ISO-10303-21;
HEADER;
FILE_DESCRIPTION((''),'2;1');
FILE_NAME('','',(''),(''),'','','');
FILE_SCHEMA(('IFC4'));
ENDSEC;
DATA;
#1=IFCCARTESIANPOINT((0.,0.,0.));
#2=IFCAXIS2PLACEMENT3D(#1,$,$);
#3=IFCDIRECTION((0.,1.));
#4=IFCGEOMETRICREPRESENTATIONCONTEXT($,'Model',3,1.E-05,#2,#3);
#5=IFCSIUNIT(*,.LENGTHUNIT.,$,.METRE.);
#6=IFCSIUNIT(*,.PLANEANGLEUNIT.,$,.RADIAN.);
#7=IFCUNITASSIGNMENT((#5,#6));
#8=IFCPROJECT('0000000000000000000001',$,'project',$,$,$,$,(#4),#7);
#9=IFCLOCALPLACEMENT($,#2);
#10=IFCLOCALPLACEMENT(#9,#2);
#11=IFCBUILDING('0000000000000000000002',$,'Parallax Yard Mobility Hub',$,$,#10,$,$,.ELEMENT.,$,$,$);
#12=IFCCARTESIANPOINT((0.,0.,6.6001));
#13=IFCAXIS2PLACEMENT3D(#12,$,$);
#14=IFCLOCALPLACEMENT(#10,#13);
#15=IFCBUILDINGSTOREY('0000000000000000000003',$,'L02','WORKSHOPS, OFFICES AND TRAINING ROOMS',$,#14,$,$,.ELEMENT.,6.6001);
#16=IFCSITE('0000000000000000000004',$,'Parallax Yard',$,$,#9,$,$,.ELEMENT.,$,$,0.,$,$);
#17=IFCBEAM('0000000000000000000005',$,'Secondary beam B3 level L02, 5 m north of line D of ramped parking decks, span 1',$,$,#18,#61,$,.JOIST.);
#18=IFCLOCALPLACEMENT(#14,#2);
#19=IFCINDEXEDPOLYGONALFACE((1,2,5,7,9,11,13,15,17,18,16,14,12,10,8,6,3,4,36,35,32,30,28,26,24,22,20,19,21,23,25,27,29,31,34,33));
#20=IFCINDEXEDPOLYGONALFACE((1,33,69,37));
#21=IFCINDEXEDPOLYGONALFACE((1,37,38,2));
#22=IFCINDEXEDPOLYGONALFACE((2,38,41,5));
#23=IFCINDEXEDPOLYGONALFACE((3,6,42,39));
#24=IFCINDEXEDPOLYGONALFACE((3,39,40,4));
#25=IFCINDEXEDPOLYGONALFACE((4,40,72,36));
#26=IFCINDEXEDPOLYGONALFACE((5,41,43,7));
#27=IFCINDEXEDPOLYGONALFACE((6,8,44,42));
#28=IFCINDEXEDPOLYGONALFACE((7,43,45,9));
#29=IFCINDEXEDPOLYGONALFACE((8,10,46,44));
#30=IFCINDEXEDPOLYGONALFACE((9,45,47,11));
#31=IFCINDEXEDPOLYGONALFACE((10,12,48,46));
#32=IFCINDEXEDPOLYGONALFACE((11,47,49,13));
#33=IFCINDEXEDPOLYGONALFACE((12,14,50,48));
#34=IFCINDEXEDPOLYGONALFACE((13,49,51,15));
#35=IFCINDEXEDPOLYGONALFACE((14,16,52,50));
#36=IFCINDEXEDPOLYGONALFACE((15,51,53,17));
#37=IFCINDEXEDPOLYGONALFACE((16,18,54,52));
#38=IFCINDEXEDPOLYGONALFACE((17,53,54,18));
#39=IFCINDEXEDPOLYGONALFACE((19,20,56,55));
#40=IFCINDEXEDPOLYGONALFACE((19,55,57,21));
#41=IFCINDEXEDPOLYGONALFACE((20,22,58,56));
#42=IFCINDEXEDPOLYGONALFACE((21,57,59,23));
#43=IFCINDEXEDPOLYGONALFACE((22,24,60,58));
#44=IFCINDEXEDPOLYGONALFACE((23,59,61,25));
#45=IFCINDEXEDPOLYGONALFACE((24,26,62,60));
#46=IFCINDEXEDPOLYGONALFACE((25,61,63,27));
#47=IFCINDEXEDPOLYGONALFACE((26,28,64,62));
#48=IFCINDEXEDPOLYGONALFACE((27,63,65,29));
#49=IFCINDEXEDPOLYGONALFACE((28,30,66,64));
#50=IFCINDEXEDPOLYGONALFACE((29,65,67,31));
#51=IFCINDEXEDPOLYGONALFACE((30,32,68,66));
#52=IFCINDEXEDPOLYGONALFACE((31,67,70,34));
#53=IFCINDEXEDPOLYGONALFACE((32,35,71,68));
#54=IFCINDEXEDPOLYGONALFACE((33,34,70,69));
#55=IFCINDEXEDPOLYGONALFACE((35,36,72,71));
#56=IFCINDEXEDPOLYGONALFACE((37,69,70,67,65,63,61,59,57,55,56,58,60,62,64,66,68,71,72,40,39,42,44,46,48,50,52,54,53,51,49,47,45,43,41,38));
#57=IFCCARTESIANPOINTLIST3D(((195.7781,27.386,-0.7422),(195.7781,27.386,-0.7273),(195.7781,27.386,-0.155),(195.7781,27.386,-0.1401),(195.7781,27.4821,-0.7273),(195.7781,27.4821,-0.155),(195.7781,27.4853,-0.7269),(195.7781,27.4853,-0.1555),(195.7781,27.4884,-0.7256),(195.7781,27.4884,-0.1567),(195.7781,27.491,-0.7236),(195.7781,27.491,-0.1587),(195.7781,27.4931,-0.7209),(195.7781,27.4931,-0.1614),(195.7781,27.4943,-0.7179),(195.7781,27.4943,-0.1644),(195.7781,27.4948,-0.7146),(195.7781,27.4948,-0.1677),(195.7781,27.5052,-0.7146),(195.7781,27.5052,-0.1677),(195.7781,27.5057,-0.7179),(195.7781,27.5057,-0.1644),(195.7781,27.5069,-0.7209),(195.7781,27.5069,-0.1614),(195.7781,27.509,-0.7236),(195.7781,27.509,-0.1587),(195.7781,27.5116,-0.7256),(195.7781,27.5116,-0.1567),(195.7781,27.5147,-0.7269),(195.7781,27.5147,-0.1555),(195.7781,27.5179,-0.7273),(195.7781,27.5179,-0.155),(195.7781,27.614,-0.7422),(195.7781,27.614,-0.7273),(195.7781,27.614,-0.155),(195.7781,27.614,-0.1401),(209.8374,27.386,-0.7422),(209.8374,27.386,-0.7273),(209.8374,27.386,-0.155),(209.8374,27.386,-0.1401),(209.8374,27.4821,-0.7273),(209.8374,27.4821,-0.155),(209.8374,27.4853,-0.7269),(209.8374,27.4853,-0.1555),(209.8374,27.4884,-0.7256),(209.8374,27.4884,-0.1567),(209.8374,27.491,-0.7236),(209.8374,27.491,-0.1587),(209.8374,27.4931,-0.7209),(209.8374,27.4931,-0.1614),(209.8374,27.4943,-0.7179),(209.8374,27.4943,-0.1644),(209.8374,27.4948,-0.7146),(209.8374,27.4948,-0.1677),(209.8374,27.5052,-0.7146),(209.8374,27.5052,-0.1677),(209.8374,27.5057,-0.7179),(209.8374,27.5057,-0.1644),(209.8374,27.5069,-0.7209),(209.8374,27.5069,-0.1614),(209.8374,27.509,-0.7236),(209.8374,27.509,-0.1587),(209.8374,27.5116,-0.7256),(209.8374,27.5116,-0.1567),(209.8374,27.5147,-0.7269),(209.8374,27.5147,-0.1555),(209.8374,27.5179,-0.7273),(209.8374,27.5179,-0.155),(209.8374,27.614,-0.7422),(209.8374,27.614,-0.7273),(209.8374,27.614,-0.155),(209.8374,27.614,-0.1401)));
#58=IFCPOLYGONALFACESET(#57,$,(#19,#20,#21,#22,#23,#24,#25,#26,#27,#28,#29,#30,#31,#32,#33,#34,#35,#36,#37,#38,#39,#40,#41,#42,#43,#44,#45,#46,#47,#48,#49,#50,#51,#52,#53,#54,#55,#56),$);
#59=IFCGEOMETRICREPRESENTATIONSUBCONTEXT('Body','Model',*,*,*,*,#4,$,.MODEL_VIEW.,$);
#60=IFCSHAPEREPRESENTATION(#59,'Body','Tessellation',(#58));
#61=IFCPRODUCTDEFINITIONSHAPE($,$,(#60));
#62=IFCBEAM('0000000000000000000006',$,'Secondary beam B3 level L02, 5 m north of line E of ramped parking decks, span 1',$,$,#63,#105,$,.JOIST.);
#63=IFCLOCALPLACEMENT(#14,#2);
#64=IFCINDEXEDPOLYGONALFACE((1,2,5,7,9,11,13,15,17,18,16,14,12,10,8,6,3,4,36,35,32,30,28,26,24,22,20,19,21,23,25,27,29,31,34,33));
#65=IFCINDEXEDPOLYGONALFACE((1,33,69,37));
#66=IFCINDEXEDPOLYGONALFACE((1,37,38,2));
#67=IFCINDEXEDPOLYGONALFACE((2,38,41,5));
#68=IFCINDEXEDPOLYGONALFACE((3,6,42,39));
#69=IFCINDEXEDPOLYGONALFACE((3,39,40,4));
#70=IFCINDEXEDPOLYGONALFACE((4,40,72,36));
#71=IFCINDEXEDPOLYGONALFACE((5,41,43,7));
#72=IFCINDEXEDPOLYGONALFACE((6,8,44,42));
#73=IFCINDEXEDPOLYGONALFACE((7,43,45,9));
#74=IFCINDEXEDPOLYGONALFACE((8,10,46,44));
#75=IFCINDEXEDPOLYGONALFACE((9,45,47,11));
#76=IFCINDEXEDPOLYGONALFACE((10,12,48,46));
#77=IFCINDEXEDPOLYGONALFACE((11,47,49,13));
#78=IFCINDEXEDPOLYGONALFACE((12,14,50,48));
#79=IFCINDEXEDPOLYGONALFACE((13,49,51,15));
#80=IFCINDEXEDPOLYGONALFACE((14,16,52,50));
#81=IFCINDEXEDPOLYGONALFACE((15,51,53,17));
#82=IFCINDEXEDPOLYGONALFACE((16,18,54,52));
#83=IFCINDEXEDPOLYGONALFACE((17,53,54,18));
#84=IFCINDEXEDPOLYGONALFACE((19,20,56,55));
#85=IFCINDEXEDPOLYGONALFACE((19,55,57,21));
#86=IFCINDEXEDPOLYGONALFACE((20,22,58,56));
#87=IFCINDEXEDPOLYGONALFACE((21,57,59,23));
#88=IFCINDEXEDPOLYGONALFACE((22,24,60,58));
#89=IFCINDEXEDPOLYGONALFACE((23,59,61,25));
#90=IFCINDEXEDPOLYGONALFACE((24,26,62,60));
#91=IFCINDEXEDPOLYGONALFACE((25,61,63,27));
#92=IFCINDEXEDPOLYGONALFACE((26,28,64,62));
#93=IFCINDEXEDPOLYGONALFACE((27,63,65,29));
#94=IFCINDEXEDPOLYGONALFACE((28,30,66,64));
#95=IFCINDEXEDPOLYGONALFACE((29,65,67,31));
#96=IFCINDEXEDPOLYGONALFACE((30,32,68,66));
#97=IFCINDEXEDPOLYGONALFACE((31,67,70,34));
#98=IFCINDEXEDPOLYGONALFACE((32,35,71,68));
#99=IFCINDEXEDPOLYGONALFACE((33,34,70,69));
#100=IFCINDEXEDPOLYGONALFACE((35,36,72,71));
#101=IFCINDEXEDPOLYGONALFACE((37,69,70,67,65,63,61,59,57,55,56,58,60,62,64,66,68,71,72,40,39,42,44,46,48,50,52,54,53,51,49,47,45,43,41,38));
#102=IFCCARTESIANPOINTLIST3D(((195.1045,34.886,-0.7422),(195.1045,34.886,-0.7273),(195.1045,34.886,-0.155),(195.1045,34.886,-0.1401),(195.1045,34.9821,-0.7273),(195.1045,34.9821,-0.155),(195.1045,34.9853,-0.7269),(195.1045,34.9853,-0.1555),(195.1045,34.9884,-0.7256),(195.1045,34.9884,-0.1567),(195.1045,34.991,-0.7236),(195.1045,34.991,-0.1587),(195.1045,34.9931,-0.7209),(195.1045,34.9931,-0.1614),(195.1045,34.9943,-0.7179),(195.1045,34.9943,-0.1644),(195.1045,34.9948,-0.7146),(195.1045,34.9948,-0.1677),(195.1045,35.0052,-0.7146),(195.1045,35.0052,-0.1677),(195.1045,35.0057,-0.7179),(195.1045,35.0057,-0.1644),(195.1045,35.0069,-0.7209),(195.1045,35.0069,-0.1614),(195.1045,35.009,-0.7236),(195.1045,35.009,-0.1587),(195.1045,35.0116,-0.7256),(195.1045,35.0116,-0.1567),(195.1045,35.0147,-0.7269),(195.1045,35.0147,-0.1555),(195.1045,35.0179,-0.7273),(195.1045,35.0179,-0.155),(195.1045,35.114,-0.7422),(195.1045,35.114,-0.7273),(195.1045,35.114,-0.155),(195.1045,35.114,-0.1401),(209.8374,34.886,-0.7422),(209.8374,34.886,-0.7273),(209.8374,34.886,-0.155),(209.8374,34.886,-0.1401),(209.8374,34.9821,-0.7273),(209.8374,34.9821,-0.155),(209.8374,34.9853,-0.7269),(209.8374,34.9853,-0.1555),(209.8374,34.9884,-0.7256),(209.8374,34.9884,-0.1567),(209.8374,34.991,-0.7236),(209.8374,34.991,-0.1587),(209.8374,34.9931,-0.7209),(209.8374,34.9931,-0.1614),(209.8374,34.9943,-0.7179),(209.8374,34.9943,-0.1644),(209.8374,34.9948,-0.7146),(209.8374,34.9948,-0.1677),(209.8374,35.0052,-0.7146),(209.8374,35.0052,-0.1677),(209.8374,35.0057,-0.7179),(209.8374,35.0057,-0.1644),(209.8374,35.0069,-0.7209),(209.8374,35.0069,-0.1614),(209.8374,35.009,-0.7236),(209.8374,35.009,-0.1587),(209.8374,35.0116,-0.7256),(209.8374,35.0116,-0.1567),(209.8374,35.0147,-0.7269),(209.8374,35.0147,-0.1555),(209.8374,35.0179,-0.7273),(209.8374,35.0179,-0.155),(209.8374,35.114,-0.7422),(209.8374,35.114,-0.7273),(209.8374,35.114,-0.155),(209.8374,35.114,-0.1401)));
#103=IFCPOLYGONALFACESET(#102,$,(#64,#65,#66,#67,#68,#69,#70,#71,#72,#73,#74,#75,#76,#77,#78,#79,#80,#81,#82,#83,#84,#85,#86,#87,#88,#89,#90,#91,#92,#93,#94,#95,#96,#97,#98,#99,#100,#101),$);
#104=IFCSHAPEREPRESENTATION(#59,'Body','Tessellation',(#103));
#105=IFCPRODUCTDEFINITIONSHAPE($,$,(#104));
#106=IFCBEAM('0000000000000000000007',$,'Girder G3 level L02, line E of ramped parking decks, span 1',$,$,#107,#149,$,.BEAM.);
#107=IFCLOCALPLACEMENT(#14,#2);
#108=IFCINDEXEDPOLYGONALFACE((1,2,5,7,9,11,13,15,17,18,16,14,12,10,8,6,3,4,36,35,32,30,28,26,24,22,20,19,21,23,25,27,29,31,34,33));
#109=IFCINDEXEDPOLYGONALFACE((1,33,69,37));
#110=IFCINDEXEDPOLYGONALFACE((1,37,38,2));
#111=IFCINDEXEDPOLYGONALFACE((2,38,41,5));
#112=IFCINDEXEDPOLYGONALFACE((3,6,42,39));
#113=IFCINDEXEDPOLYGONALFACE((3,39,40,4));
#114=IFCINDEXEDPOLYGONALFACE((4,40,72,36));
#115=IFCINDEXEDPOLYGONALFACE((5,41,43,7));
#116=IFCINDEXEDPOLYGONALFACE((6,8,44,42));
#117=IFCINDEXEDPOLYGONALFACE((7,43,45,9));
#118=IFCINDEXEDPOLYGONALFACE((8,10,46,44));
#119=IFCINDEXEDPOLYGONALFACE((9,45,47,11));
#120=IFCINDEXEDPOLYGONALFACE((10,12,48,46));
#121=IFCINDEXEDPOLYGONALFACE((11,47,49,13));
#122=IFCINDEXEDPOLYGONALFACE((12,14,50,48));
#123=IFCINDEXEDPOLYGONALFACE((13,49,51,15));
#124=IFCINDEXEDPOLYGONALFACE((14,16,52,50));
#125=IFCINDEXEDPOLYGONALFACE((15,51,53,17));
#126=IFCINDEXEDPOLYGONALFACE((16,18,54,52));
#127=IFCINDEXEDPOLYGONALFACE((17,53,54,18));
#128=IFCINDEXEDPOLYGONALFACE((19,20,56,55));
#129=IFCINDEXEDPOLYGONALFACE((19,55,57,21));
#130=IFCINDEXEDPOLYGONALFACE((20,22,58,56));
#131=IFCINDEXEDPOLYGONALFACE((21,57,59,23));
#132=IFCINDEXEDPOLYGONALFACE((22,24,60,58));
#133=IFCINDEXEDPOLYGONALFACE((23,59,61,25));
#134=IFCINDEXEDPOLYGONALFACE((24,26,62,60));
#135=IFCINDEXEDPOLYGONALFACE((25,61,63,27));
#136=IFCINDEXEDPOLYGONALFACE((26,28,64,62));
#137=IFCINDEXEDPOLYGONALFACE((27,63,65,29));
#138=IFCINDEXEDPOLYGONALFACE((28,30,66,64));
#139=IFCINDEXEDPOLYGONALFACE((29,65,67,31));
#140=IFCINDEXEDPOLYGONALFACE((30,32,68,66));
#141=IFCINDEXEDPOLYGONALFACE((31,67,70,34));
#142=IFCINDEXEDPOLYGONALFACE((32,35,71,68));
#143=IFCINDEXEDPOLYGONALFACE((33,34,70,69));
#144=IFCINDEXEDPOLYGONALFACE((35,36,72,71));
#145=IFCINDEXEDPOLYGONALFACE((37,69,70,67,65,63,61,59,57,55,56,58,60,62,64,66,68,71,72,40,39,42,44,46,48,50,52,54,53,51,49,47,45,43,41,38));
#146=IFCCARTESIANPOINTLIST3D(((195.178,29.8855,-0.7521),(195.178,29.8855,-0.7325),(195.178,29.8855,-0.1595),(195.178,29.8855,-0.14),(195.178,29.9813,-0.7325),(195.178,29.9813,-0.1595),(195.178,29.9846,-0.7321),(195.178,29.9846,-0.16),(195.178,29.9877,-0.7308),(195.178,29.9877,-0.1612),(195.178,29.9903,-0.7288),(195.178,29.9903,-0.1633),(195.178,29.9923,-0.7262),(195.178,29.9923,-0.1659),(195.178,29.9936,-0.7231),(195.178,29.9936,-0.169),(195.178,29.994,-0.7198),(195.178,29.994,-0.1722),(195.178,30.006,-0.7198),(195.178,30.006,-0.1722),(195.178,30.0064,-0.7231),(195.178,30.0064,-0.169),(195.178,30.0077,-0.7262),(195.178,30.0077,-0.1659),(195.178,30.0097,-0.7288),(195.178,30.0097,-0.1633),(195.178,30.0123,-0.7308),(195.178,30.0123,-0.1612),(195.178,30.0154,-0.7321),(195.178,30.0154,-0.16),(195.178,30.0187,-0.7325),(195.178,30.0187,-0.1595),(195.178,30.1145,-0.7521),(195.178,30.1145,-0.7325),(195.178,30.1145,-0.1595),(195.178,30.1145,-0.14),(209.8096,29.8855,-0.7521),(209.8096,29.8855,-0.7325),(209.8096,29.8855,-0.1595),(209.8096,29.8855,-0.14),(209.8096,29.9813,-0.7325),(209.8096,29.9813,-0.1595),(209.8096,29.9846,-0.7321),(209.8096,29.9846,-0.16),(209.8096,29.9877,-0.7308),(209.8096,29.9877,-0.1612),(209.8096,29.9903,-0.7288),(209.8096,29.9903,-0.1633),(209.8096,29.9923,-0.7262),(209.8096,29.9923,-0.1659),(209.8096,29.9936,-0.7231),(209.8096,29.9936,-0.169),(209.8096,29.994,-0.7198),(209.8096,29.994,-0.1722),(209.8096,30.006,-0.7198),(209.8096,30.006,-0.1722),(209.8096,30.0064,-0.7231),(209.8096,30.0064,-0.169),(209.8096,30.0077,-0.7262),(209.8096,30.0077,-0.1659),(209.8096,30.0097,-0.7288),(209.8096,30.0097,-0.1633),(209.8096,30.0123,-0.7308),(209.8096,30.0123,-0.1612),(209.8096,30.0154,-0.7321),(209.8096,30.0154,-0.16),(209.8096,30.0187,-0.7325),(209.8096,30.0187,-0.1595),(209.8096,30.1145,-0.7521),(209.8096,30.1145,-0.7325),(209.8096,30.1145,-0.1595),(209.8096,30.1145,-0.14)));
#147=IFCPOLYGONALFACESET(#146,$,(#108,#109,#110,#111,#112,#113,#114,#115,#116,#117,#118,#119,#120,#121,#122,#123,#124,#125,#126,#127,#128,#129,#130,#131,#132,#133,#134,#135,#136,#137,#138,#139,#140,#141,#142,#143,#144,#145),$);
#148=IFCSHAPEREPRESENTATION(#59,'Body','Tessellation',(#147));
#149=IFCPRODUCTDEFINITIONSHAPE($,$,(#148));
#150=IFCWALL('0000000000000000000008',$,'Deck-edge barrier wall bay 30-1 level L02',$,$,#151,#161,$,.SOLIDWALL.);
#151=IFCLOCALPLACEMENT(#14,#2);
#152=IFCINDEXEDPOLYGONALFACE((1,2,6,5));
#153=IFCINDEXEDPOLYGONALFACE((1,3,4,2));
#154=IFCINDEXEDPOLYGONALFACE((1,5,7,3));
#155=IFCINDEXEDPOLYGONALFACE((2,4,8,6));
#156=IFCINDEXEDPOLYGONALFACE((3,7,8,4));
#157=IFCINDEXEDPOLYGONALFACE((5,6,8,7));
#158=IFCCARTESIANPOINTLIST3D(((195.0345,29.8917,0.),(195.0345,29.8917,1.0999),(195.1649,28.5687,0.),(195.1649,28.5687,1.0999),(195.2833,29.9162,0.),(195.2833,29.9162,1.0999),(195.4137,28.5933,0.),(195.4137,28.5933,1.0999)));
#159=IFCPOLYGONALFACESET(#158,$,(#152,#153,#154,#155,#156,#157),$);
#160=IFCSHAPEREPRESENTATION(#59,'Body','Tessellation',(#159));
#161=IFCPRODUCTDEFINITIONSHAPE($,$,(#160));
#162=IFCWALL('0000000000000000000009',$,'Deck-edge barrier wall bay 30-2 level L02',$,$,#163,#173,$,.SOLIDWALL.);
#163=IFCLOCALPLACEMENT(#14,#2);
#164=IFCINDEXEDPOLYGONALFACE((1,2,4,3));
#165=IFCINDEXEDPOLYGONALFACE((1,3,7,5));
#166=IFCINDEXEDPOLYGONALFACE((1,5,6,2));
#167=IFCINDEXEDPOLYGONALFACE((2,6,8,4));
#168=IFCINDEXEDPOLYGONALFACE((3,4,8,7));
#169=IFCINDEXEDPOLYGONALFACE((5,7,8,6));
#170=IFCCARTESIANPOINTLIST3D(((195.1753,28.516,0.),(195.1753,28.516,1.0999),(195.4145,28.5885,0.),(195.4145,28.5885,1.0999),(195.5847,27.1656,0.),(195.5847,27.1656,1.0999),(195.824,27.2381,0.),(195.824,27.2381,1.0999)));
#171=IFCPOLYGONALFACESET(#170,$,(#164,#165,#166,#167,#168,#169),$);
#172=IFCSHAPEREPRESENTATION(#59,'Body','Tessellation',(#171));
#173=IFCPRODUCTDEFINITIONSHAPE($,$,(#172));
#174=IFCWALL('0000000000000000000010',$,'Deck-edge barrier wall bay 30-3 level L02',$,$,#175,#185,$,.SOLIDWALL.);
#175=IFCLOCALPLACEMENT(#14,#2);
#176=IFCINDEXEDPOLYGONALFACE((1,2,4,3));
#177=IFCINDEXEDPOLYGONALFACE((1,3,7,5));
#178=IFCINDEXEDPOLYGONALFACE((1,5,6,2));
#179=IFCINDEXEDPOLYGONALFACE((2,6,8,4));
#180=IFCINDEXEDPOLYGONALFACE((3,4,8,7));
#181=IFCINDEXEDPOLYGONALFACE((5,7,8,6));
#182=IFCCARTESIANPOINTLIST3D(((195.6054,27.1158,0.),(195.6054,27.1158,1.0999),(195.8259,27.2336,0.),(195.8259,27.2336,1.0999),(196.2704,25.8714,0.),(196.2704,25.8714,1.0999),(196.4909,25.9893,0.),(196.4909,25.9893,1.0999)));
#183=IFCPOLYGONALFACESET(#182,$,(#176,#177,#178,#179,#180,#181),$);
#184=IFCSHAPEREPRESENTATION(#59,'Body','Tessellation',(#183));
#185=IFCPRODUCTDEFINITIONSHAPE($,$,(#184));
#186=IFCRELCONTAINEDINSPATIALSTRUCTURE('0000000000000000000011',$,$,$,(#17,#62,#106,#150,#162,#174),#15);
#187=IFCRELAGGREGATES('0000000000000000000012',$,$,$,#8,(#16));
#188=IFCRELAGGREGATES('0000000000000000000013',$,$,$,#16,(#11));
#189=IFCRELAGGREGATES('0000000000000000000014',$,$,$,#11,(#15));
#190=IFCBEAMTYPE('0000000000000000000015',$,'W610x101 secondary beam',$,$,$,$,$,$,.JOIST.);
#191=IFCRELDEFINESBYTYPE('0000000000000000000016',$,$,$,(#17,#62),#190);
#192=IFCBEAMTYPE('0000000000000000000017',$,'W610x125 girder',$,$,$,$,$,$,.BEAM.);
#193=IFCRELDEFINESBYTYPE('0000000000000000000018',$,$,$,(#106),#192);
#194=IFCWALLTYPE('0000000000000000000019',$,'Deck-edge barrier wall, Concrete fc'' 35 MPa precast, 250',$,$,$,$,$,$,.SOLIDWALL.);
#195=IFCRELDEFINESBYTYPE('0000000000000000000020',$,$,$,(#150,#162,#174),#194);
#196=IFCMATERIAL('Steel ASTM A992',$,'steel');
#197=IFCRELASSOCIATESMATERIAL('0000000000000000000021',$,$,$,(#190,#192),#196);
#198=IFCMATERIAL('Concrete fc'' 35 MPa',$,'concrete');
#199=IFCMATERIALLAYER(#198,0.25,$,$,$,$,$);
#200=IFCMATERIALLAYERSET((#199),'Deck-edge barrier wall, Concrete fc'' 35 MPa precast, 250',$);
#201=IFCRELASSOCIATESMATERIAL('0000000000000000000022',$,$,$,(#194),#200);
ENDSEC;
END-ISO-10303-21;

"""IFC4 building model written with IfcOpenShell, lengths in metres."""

from ifc_helpers import new_model, si_unit, direction, frame, frame_2d, origin, origin_2d, place, context, subcontext, project, spatial, rectangle, i_section, extrude, material, layer, layer_set, material_profile, profile_set, type_object, element, save


model = new_model("IFC4")

# Units and contexts
model_context = context("Model", 3, precision=1e-05, world=origin(), true_north=direction((0.0, 1.0)))
body_context = subcontext(model_context, "Body", "Model", "MODEL_VIEW")
ifc_project = project(units=[si_unit("LENGTHUNIT", "METRE"), si_unit("PLANEANGLEUNIT", "RADIAN")], contexts=[model_context])

# Site, building, storey
site_placement = place(None, origin())
site = spatial("IfcSite", under=ifc_project, at=site_placement, Name="Parallax Yard", CompositionType="ELEMENT", RefElevation=0.0)
building_placement = place(site_placement, origin())
building = spatial("IfcBuilding", under=site, at=building_placement, Name="Parallax Yard Mobility Hub", CompositionType="ELEMENT")
storey_placement = place(building_placement, frame((0.0, 0.0, 6.6001)))
storey = spatial("IfcBuildingStorey", under=building, at=storey_placement, Name="L02", Description="WORKSHOPS, OFFICES AND TRAINING ROOMS", CompositionType="ELEMENT", Elevation=6.6001)

# Shared definitions
ifc_material_1 = material(Name="Steel ASTM A992", Category="steel")

# Beams
ifc_material_profile_1 = material_profile(ifc_material_1, i_section(OverallWidth=0.228, OverallDepth=0.6021, WebThickness=0.0105, FlangeThickness=0.0149, FilletRadius=0.0127, at=origin_2d()), Name="W610x101")
ifc_profile_set_1 = profile_set([ifc_material_profile_1], Name="Steel ASTM A992")
beam_type_1 = type_object("IfcBeamType", Name="W610x101 secondary beam", PredefinedType="JOIST", material=ifc_profile_set_1)
beam_1_placement = place(storey_placement, frame((195.7781, 27.5, -0.4412), z_axis=(1.0, 0.0, 0.0), x_axis=(0.0, 1.0, 0.0)))
element("IfcBeam", 1, at=beam_1_placement, inside=storey, type_object=beam_type_1, Name="Secondary beam B3 level L02, 5 m north of line D of ramped parking decks, span 1", PredefinedType="JOIST", context=body_context, shape_type="SweptSolid", body=[
    extrude(i_section(OverallWidth=0.228, OverallDepth=0.6021, WebThickness=0.0105, FlangeThickness=0.0149, FilletRadius=0.0127, at=origin_2d()), origin(), (0.0, 0.0, 1.0), 14.0593),
])
beam_2_placement = place(storey_placement, frame((195.1045, 35.0, -0.4412), z_axis=(1.0, 0.0, 0.0), x_axis=(0.0, 1.0, 0.0)))
element("IfcBeam", 2, at=beam_2_placement, inside=storey, type_object=beam_type_1, Name="Secondary beam B3 level L02, 5 m north of line E of ramped parking decks, span 1", PredefinedType="JOIST", context=body_context, shape_type="SweptSolid", body=[
    extrude(i_section(OverallWidth=0.228, OverallDepth=0.6021, WebThickness=0.0105, FlangeThickness=0.0149, FilletRadius=0.0127, at=origin_2d()), origin(), (0.0, 0.0, 1.0), 14.7329),
])
ifc_material_profile_2 = material_profile(ifc_material_1, i_section(OverallWidth=0.229, OverallDepth=0.6121, WebThickness=0.012, FlangeThickness=0.0195, FilletRadius=0.0127, at=origin_2d()), Name="W610x125")
ifc_profile_set_2 = profile_set([ifc_material_profile_2], Name="Steel ASTM A992")
beam_type_2 = type_object("IfcBeamType", Name="W610x125 girder", PredefinedType="BEAM", material=ifc_profile_set_2)
beam_3_placement = place(storey_placement, frame((195.178, 30.0, -0.446), z_axis=(1.0, 0.0, 0.0), x_axis=(0.0, 1.0, 0.0)))
element("IfcBeam", 3, at=beam_3_placement, inside=storey, type_object=beam_type_2, Name="Girder G3 level L02, line E of ramped parking decks, span 1", PredefinedType="BEAM", context=body_context, shape_type="SweptSolid", body=[
    extrude(i_section(OverallWidth=0.229, OverallDepth=0.6121, WebThickness=0.012, FlangeThickness=0.0195, FilletRadius=0.0127, at=origin_2d()), origin(), (0.0, 0.0, 1.0), 14.6316),
])

# Walls
ifc_material_2 = material(Name="Concrete fc' 35 MPa", Category="concrete")
ifc_layer_1 = layer(ifc_material_2, 0.25)
ifc_layer_set_1 = layer_set([ifc_layer_1], Name="Deck-edge barrier wall, Concrete fc' 35 MPa precast, 250")
wall_type = type_object("IfcWallType", Name="Deck-edge barrier wall, Concrete fc' 35 MPa precast, 250", PredefinedType="SOLIDWALL", material=ifc_layer_set_1)
wall_1_placement = place(storey_placement, frame((195.1589, 29.9038, 0.0), z_axis=(0.0, 0.0, 1.0), x_axis=(0.098067, -0.99518, 0.0)))
element("IfcWall", 4, at=wall_1_placement, inside=storey, type_object=wall_type, Name="Deck-edge barrier wall bay 30-1 level L02", PredefinedType="SOLIDWALL", context=body_context, shape_type="SweptSolid", body=[
    extrude(rectangle(XDim=1.3293, YDim=0.25, at=frame_2d((0.6646, 0.0))), origin(), (0.0, 0.0, 1.0), 1.0999),
])
wall_2_placement = place(storey_placement, frame((195.2949, 28.5522, 0.0), z_axis=(0.0, 0.0, 1.0), x_axis=(0.290156, -0.956979, 0.0)))
element("IfcWall", 5, at=wall_2_placement, inside=storey, type_object=wall_type, Name="Deck-edge barrier wall bay 30-2 level L02", PredefinedType="SOLIDWALL", context=body_context, shape_type="SweptSolid", body=[
    extrude(rectangle(XDim=1.4111, YDim=0.25, at=frame_2d((0.7056, 0.0))), origin(), (0.0, 0.0, 1.0), 1.0999),
])
wall_3_placement = place(storey_placement, frame((195.7156, 27.1748, 0.0), z_axis=(0.0, 0.0, 1.0), x_axis=(0.471342, -0.88195, 0.0)))
element("IfcWall", 6, at=wall_3_placement, inside=storey, type_object=wall_type, Name="Deck-edge barrier wall bay 30-3 level L02", PredefinedType="SOLIDWALL", context=body_context, shape_type="SweptSolid", body=[
    extrude(rectangle(XDim=1.4109, YDim=0.25, at=frame_2d((0.7056, 0.0))), origin(), (0.0, 0.0, 1.0), 1.0999),
])

save(model, "model.ifc")
